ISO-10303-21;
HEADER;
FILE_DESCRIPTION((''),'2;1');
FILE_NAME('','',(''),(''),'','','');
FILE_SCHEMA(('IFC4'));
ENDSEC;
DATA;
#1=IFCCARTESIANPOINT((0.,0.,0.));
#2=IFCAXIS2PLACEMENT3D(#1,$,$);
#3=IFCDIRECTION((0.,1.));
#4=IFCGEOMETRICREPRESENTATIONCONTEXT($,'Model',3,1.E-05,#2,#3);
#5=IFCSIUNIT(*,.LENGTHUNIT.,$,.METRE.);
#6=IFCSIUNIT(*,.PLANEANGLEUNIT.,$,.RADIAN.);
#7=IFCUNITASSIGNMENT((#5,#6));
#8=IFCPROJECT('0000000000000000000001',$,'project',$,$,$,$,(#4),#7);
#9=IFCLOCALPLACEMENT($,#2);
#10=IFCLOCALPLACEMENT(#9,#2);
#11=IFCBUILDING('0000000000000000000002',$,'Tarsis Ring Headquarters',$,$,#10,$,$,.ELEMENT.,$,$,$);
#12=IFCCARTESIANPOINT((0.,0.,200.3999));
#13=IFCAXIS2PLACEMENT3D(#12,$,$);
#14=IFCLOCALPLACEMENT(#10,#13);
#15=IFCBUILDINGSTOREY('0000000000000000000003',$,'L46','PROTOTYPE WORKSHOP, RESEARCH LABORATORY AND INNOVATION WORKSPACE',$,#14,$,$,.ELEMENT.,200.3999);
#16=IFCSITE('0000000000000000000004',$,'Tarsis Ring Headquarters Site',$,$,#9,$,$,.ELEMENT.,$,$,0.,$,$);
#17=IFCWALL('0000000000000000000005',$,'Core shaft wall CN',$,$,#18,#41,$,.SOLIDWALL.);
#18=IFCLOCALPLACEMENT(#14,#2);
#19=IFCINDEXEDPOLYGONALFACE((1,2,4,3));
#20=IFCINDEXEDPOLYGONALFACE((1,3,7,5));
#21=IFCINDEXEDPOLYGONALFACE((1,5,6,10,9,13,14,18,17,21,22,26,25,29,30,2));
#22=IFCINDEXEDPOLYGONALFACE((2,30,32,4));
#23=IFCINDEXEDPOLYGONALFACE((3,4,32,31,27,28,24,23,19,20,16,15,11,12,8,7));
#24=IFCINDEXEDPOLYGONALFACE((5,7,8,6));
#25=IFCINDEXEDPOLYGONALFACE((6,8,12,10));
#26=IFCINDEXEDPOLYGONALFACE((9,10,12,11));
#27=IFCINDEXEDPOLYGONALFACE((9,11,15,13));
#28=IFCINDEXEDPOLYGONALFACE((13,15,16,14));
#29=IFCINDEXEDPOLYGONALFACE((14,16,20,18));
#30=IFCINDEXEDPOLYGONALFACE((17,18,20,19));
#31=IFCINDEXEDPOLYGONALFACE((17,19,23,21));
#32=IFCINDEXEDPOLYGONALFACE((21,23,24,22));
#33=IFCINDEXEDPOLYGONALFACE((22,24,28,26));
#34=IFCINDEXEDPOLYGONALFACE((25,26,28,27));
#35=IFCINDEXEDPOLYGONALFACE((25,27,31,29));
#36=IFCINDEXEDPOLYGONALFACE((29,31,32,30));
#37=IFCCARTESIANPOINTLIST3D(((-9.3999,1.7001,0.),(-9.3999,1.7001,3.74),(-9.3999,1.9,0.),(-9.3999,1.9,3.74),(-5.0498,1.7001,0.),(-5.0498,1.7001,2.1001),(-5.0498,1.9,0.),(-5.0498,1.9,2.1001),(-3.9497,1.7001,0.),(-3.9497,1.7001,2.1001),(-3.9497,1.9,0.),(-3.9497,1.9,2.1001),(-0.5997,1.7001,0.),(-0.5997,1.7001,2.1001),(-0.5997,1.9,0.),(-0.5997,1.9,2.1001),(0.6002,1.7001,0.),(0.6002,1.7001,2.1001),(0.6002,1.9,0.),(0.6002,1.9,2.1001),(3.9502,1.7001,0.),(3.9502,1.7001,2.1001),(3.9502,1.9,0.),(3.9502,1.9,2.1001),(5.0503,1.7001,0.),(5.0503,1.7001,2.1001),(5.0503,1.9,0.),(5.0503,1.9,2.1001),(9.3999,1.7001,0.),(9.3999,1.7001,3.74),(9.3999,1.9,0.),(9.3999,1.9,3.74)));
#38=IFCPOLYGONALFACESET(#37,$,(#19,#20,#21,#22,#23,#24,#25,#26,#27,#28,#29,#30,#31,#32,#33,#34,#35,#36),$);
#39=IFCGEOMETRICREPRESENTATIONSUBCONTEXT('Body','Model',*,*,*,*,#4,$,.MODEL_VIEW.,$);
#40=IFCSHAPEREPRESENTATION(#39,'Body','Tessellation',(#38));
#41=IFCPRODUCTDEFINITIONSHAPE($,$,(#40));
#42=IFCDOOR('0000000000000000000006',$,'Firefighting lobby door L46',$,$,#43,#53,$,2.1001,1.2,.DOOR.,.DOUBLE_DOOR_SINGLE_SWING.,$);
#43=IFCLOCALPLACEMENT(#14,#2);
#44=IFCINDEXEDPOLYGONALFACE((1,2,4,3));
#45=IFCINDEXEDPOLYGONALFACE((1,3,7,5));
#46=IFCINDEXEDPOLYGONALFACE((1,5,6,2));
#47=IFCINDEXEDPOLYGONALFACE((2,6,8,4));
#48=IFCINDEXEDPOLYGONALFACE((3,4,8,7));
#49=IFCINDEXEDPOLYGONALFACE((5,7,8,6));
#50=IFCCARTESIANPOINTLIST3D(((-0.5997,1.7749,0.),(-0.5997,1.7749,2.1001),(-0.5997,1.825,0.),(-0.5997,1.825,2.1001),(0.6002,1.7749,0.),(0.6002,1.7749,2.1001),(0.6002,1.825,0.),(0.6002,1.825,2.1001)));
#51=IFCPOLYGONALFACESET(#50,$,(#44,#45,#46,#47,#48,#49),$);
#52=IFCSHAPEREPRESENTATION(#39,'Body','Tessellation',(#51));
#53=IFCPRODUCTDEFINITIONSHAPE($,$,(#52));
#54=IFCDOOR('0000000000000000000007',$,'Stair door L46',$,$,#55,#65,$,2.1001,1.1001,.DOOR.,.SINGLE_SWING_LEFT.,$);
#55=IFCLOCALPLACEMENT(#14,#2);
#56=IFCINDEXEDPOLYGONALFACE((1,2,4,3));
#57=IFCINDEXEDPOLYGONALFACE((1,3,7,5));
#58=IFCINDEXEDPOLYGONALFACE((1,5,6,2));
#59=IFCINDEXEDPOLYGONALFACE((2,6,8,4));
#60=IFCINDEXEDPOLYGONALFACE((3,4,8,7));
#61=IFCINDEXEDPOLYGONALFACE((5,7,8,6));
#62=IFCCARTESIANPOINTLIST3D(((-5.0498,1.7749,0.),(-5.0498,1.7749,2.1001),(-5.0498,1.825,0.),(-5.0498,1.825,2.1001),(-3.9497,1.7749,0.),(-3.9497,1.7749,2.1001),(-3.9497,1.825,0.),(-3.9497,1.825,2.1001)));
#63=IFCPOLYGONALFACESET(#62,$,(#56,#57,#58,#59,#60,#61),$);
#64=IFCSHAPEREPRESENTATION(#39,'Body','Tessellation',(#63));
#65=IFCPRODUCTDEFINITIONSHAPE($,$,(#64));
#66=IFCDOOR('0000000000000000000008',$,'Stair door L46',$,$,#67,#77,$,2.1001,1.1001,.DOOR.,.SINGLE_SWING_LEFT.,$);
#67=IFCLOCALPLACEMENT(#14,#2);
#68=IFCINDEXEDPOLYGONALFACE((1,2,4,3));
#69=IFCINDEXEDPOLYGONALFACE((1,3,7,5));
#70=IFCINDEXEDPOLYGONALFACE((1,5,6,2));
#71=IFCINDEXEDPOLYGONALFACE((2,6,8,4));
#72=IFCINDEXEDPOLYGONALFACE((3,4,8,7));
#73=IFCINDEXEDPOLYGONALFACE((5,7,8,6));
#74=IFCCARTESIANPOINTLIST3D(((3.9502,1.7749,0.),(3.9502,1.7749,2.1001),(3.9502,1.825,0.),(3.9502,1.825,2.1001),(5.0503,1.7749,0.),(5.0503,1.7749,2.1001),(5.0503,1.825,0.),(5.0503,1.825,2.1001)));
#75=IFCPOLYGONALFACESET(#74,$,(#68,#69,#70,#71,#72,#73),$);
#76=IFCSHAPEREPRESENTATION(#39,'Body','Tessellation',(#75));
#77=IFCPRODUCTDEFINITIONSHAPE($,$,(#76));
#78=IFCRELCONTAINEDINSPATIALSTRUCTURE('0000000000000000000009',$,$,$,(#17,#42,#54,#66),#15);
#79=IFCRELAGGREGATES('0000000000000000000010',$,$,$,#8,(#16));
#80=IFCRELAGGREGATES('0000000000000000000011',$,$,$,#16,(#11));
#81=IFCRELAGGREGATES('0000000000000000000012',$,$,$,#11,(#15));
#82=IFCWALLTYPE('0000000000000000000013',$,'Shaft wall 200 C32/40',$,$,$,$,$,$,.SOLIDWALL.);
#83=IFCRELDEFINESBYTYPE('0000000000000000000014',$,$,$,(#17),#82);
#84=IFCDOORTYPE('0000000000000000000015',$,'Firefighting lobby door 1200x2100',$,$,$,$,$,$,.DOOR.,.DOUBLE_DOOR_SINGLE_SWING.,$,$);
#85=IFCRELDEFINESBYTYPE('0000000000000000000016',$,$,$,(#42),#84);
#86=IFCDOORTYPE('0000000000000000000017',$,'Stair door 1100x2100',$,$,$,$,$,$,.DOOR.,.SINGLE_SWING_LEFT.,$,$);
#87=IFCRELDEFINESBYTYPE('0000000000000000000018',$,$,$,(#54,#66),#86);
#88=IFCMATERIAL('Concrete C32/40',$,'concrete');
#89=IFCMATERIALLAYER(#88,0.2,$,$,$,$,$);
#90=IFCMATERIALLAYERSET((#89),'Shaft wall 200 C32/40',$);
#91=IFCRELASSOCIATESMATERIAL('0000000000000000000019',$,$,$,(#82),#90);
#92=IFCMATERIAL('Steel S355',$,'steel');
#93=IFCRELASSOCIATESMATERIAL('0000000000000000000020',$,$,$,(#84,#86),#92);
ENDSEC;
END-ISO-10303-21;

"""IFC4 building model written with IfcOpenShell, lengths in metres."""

from ifc_helpers import new_model, si_unit, direction, frame, frame_2d, origin, place, context, subcontext, project, spatial, rectangle, extrude, material, layer, layer_set, type_object, element, fill, save


model = new_model("IFC4")

# Units and contexts
model_context = context("Model", 3, precision=1e-05, world=origin(), true_north=direction((0.0, 1.0)))
body_context = subcontext(model_context, "Body", "Model", "MODEL_VIEW")
ifc_project = project(units=[si_unit("LENGTHUNIT", "METRE"), si_unit("PLANEANGLEUNIT", "RADIAN")], contexts=[model_context])

# Site, building, storey
site_placement = place(None, origin())
site = spatial("IfcSite", under=ifc_project, at=site_placement, Name="Tarsis Ring Headquarters Site", CompositionType="ELEMENT", RefElevation=0.0)
building_placement = place(site_placement, origin())
building = spatial("IfcBuilding", under=site, at=building_placement, Name="Tarsis Ring Headquarters", CompositionType="ELEMENT")
storey_placement = place(building_placement, frame((0.0, 0.0, 200.3999)))
storey = spatial("IfcBuildingStorey", under=building, at=storey_placement, Name="L46", Description="PROTOTYPE WORKSHOP, RESEARCH LABORATORY AND INNOVATION WORKSPACE", CompositionType="ELEMENT", Elevation=200.3999)

# Shared definitions
ifc_material_1 = material(Name="Steel S355", Category="steel")

# Wall, openings, doors
ifc_material_2 = material(Name="Concrete C32/40", Category="concrete")
ifc_layer_1 = layer(ifc_material_2, 0.2)
ifc_layer_set_1 = layer_set([ifc_layer_1], Name="Shaft wall 200 C32/40")
wall_type_1 = type_object("IfcWallType", Name="Shaft wall 200 C32/40", PredefinedType="SOLIDWALL", material=ifc_layer_set_1)
wall_1_placement = place(storey_placement, frame((-9.3999, 1.8, 0.0), z_axis=(0.0, 0.0, 1.0), x_axis=(1.0, 0.0, 0.0)))
wall_1 = element("IfcWall", 1, at=wall_1_placement, inside=storey, type_object=wall_type_1, Name="Core shaft wall CN", PredefinedType="SOLIDWALL", context=body_context, shape_type="SweptSolid", body=[
    extrude(rectangle(XDim=18.7998, YDim=0.2, at=frame_2d((9.3999, 0.0))), origin(), (0.0, 0.0, 1.0), 3.74),
])
opening_1_placement = place(wall_1_placement, frame((4.3501, 0.0, 0.0)))
opening_1 = element("IfcOpeningElement", 2, at=opening_1_placement, cuts=wall_1, PredefinedType="OPENING", context=body_context, shape_type="SweptSolid", body=[
    extrude(rectangle(XDim=1.1001, YDim=2.1001, at=frame_2d((0.55, 1.05))), frame((0.0, 0.1099, 0.0), z_axis=(0.0, -1.0, 0.0), x_axis=(1.0, 0.0, 0.0)), (0.0, 0.0, 1.0), 0.22),
])
opening_2_placement = place(wall_1_placement, frame((8.8, 0.0, 0.0)))
opening_2 = element("IfcOpeningElement", 3, at=opening_2_placement, cuts=wall_1, PredefinedType="OPENING", context=body_context, shape_type="SweptSolid", body=[
    extrude(rectangle(XDim=1.2, YDim=2.1001, at=frame_2d((0.6001, 1.05))), frame((0.0, 0.1099, 0.0), z_axis=(0.0, -1.0, 0.0), x_axis=(1.0, 0.0, 0.0)), (0.0, 0.0, 1.0), 0.22),
])
opening_3_placement = place(wall_1_placement, frame((13.3501, 0.0, 0.0)))
opening_3 = element("IfcOpeningElement", 4, at=opening_3_placement, cuts=wall_1, PredefinedType="OPENING", context=body_context, shape_type="SweptSolid", body=[
    extrude(rectangle(XDim=1.1001, YDim=2.1001, at=frame_2d((0.55, 1.05))), frame((0.0, 0.1099, 0.0), z_axis=(0.0, -1.0, 0.0), x_axis=(1.0, 0.0, 0.0)), (0.0, 0.0, 1.0), 0.22),
])
door_type_1 = type_object("IfcDoorType", Name="Firefighting lobby door 1200x2100", OperationType="DOUBLE_DOOR_SINGLE_SWING", PredefinedType="DOOR", material=ifc_material_1)
door_1_placement = place(opening_2_placement, origin())
door_1 = element("IfcDoor", 5, at=door_1_placement, inside=storey, type_object=door_type_1, Name="Firefighting lobby door L46", OperationType="DOUBLE_DOOR_SINGLE_SWING", OverallHeight=2.1001, OverallWidth=1.2, PredefinedType="DOOR", context=body_context, shape_type="SweptSolid", body=[
    extrude(rectangle(XDim=1.2, YDim=2.1001, at=frame_2d((0.6001, 1.05))), frame((0.0, 0.0249, 0.0), z_axis=(0.0, -1.0, 0.0), x_axis=(1.0, 0.0, 0.0)), (0.0, 0.0, 1.0), 0.05),
])
fill(opening_2, door_1)
door_type_2 = type_object("IfcDoorType", Name="Stair door 1100x2100", OperationType="SINGLE_SWING_LEFT", PredefinedType="DOOR", material=ifc_material_1)
door_2_placement = place(opening_1_placement, origin())
door_2 = element("IfcDoor", 6, at=door_2_placement, inside=storey, type_object=door_type_2, Name="Stair door L46", OperationType="SINGLE_SWING_LEFT", OverallHeight=2.1001, OverallWidth=1.1001, PredefinedType="DOOR", context=body_context, shape_type="SweptSolid", body=[
    extrude(rectangle(XDim=1.1001, YDim=2.1001, at=frame_2d((0.55, 1.05))), frame((0.0, 0.0249, 0.0), z_axis=(0.0, -1.0, 0.0), x_axis=(1.0, 0.0, 0.0)), (0.0, 0.0, 1.0), 0.05),
])
fill(opening_1, door_2)
door_3_placement = place(opening_3_placement, origin())
door_3 = element("IfcDoor", 7, at=door_3_placement, inside=storey, type_object=door_type_2, Name="Stair door L46", OperationType="SINGLE_SWING_LEFT", OverallHeight=2.1001, OverallWidth=1.1001, PredefinedType="DOOR", context=body_context, shape_type="SweptSolid", body=[
    extrude(rectangle(XDim=1.1001, YDim=2.1001, at=frame_2d((0.55, 1.05))), frame((0.0, 0.0249, 0.0), z_axis=(0.0, -1.0, 0.0), x_axis=(1.0, 0.0, 0.0)), (0.0, 0.0, 1.0), 0.05),
])
fill(opening_3, door_3)

save(model, "model.ifc")
